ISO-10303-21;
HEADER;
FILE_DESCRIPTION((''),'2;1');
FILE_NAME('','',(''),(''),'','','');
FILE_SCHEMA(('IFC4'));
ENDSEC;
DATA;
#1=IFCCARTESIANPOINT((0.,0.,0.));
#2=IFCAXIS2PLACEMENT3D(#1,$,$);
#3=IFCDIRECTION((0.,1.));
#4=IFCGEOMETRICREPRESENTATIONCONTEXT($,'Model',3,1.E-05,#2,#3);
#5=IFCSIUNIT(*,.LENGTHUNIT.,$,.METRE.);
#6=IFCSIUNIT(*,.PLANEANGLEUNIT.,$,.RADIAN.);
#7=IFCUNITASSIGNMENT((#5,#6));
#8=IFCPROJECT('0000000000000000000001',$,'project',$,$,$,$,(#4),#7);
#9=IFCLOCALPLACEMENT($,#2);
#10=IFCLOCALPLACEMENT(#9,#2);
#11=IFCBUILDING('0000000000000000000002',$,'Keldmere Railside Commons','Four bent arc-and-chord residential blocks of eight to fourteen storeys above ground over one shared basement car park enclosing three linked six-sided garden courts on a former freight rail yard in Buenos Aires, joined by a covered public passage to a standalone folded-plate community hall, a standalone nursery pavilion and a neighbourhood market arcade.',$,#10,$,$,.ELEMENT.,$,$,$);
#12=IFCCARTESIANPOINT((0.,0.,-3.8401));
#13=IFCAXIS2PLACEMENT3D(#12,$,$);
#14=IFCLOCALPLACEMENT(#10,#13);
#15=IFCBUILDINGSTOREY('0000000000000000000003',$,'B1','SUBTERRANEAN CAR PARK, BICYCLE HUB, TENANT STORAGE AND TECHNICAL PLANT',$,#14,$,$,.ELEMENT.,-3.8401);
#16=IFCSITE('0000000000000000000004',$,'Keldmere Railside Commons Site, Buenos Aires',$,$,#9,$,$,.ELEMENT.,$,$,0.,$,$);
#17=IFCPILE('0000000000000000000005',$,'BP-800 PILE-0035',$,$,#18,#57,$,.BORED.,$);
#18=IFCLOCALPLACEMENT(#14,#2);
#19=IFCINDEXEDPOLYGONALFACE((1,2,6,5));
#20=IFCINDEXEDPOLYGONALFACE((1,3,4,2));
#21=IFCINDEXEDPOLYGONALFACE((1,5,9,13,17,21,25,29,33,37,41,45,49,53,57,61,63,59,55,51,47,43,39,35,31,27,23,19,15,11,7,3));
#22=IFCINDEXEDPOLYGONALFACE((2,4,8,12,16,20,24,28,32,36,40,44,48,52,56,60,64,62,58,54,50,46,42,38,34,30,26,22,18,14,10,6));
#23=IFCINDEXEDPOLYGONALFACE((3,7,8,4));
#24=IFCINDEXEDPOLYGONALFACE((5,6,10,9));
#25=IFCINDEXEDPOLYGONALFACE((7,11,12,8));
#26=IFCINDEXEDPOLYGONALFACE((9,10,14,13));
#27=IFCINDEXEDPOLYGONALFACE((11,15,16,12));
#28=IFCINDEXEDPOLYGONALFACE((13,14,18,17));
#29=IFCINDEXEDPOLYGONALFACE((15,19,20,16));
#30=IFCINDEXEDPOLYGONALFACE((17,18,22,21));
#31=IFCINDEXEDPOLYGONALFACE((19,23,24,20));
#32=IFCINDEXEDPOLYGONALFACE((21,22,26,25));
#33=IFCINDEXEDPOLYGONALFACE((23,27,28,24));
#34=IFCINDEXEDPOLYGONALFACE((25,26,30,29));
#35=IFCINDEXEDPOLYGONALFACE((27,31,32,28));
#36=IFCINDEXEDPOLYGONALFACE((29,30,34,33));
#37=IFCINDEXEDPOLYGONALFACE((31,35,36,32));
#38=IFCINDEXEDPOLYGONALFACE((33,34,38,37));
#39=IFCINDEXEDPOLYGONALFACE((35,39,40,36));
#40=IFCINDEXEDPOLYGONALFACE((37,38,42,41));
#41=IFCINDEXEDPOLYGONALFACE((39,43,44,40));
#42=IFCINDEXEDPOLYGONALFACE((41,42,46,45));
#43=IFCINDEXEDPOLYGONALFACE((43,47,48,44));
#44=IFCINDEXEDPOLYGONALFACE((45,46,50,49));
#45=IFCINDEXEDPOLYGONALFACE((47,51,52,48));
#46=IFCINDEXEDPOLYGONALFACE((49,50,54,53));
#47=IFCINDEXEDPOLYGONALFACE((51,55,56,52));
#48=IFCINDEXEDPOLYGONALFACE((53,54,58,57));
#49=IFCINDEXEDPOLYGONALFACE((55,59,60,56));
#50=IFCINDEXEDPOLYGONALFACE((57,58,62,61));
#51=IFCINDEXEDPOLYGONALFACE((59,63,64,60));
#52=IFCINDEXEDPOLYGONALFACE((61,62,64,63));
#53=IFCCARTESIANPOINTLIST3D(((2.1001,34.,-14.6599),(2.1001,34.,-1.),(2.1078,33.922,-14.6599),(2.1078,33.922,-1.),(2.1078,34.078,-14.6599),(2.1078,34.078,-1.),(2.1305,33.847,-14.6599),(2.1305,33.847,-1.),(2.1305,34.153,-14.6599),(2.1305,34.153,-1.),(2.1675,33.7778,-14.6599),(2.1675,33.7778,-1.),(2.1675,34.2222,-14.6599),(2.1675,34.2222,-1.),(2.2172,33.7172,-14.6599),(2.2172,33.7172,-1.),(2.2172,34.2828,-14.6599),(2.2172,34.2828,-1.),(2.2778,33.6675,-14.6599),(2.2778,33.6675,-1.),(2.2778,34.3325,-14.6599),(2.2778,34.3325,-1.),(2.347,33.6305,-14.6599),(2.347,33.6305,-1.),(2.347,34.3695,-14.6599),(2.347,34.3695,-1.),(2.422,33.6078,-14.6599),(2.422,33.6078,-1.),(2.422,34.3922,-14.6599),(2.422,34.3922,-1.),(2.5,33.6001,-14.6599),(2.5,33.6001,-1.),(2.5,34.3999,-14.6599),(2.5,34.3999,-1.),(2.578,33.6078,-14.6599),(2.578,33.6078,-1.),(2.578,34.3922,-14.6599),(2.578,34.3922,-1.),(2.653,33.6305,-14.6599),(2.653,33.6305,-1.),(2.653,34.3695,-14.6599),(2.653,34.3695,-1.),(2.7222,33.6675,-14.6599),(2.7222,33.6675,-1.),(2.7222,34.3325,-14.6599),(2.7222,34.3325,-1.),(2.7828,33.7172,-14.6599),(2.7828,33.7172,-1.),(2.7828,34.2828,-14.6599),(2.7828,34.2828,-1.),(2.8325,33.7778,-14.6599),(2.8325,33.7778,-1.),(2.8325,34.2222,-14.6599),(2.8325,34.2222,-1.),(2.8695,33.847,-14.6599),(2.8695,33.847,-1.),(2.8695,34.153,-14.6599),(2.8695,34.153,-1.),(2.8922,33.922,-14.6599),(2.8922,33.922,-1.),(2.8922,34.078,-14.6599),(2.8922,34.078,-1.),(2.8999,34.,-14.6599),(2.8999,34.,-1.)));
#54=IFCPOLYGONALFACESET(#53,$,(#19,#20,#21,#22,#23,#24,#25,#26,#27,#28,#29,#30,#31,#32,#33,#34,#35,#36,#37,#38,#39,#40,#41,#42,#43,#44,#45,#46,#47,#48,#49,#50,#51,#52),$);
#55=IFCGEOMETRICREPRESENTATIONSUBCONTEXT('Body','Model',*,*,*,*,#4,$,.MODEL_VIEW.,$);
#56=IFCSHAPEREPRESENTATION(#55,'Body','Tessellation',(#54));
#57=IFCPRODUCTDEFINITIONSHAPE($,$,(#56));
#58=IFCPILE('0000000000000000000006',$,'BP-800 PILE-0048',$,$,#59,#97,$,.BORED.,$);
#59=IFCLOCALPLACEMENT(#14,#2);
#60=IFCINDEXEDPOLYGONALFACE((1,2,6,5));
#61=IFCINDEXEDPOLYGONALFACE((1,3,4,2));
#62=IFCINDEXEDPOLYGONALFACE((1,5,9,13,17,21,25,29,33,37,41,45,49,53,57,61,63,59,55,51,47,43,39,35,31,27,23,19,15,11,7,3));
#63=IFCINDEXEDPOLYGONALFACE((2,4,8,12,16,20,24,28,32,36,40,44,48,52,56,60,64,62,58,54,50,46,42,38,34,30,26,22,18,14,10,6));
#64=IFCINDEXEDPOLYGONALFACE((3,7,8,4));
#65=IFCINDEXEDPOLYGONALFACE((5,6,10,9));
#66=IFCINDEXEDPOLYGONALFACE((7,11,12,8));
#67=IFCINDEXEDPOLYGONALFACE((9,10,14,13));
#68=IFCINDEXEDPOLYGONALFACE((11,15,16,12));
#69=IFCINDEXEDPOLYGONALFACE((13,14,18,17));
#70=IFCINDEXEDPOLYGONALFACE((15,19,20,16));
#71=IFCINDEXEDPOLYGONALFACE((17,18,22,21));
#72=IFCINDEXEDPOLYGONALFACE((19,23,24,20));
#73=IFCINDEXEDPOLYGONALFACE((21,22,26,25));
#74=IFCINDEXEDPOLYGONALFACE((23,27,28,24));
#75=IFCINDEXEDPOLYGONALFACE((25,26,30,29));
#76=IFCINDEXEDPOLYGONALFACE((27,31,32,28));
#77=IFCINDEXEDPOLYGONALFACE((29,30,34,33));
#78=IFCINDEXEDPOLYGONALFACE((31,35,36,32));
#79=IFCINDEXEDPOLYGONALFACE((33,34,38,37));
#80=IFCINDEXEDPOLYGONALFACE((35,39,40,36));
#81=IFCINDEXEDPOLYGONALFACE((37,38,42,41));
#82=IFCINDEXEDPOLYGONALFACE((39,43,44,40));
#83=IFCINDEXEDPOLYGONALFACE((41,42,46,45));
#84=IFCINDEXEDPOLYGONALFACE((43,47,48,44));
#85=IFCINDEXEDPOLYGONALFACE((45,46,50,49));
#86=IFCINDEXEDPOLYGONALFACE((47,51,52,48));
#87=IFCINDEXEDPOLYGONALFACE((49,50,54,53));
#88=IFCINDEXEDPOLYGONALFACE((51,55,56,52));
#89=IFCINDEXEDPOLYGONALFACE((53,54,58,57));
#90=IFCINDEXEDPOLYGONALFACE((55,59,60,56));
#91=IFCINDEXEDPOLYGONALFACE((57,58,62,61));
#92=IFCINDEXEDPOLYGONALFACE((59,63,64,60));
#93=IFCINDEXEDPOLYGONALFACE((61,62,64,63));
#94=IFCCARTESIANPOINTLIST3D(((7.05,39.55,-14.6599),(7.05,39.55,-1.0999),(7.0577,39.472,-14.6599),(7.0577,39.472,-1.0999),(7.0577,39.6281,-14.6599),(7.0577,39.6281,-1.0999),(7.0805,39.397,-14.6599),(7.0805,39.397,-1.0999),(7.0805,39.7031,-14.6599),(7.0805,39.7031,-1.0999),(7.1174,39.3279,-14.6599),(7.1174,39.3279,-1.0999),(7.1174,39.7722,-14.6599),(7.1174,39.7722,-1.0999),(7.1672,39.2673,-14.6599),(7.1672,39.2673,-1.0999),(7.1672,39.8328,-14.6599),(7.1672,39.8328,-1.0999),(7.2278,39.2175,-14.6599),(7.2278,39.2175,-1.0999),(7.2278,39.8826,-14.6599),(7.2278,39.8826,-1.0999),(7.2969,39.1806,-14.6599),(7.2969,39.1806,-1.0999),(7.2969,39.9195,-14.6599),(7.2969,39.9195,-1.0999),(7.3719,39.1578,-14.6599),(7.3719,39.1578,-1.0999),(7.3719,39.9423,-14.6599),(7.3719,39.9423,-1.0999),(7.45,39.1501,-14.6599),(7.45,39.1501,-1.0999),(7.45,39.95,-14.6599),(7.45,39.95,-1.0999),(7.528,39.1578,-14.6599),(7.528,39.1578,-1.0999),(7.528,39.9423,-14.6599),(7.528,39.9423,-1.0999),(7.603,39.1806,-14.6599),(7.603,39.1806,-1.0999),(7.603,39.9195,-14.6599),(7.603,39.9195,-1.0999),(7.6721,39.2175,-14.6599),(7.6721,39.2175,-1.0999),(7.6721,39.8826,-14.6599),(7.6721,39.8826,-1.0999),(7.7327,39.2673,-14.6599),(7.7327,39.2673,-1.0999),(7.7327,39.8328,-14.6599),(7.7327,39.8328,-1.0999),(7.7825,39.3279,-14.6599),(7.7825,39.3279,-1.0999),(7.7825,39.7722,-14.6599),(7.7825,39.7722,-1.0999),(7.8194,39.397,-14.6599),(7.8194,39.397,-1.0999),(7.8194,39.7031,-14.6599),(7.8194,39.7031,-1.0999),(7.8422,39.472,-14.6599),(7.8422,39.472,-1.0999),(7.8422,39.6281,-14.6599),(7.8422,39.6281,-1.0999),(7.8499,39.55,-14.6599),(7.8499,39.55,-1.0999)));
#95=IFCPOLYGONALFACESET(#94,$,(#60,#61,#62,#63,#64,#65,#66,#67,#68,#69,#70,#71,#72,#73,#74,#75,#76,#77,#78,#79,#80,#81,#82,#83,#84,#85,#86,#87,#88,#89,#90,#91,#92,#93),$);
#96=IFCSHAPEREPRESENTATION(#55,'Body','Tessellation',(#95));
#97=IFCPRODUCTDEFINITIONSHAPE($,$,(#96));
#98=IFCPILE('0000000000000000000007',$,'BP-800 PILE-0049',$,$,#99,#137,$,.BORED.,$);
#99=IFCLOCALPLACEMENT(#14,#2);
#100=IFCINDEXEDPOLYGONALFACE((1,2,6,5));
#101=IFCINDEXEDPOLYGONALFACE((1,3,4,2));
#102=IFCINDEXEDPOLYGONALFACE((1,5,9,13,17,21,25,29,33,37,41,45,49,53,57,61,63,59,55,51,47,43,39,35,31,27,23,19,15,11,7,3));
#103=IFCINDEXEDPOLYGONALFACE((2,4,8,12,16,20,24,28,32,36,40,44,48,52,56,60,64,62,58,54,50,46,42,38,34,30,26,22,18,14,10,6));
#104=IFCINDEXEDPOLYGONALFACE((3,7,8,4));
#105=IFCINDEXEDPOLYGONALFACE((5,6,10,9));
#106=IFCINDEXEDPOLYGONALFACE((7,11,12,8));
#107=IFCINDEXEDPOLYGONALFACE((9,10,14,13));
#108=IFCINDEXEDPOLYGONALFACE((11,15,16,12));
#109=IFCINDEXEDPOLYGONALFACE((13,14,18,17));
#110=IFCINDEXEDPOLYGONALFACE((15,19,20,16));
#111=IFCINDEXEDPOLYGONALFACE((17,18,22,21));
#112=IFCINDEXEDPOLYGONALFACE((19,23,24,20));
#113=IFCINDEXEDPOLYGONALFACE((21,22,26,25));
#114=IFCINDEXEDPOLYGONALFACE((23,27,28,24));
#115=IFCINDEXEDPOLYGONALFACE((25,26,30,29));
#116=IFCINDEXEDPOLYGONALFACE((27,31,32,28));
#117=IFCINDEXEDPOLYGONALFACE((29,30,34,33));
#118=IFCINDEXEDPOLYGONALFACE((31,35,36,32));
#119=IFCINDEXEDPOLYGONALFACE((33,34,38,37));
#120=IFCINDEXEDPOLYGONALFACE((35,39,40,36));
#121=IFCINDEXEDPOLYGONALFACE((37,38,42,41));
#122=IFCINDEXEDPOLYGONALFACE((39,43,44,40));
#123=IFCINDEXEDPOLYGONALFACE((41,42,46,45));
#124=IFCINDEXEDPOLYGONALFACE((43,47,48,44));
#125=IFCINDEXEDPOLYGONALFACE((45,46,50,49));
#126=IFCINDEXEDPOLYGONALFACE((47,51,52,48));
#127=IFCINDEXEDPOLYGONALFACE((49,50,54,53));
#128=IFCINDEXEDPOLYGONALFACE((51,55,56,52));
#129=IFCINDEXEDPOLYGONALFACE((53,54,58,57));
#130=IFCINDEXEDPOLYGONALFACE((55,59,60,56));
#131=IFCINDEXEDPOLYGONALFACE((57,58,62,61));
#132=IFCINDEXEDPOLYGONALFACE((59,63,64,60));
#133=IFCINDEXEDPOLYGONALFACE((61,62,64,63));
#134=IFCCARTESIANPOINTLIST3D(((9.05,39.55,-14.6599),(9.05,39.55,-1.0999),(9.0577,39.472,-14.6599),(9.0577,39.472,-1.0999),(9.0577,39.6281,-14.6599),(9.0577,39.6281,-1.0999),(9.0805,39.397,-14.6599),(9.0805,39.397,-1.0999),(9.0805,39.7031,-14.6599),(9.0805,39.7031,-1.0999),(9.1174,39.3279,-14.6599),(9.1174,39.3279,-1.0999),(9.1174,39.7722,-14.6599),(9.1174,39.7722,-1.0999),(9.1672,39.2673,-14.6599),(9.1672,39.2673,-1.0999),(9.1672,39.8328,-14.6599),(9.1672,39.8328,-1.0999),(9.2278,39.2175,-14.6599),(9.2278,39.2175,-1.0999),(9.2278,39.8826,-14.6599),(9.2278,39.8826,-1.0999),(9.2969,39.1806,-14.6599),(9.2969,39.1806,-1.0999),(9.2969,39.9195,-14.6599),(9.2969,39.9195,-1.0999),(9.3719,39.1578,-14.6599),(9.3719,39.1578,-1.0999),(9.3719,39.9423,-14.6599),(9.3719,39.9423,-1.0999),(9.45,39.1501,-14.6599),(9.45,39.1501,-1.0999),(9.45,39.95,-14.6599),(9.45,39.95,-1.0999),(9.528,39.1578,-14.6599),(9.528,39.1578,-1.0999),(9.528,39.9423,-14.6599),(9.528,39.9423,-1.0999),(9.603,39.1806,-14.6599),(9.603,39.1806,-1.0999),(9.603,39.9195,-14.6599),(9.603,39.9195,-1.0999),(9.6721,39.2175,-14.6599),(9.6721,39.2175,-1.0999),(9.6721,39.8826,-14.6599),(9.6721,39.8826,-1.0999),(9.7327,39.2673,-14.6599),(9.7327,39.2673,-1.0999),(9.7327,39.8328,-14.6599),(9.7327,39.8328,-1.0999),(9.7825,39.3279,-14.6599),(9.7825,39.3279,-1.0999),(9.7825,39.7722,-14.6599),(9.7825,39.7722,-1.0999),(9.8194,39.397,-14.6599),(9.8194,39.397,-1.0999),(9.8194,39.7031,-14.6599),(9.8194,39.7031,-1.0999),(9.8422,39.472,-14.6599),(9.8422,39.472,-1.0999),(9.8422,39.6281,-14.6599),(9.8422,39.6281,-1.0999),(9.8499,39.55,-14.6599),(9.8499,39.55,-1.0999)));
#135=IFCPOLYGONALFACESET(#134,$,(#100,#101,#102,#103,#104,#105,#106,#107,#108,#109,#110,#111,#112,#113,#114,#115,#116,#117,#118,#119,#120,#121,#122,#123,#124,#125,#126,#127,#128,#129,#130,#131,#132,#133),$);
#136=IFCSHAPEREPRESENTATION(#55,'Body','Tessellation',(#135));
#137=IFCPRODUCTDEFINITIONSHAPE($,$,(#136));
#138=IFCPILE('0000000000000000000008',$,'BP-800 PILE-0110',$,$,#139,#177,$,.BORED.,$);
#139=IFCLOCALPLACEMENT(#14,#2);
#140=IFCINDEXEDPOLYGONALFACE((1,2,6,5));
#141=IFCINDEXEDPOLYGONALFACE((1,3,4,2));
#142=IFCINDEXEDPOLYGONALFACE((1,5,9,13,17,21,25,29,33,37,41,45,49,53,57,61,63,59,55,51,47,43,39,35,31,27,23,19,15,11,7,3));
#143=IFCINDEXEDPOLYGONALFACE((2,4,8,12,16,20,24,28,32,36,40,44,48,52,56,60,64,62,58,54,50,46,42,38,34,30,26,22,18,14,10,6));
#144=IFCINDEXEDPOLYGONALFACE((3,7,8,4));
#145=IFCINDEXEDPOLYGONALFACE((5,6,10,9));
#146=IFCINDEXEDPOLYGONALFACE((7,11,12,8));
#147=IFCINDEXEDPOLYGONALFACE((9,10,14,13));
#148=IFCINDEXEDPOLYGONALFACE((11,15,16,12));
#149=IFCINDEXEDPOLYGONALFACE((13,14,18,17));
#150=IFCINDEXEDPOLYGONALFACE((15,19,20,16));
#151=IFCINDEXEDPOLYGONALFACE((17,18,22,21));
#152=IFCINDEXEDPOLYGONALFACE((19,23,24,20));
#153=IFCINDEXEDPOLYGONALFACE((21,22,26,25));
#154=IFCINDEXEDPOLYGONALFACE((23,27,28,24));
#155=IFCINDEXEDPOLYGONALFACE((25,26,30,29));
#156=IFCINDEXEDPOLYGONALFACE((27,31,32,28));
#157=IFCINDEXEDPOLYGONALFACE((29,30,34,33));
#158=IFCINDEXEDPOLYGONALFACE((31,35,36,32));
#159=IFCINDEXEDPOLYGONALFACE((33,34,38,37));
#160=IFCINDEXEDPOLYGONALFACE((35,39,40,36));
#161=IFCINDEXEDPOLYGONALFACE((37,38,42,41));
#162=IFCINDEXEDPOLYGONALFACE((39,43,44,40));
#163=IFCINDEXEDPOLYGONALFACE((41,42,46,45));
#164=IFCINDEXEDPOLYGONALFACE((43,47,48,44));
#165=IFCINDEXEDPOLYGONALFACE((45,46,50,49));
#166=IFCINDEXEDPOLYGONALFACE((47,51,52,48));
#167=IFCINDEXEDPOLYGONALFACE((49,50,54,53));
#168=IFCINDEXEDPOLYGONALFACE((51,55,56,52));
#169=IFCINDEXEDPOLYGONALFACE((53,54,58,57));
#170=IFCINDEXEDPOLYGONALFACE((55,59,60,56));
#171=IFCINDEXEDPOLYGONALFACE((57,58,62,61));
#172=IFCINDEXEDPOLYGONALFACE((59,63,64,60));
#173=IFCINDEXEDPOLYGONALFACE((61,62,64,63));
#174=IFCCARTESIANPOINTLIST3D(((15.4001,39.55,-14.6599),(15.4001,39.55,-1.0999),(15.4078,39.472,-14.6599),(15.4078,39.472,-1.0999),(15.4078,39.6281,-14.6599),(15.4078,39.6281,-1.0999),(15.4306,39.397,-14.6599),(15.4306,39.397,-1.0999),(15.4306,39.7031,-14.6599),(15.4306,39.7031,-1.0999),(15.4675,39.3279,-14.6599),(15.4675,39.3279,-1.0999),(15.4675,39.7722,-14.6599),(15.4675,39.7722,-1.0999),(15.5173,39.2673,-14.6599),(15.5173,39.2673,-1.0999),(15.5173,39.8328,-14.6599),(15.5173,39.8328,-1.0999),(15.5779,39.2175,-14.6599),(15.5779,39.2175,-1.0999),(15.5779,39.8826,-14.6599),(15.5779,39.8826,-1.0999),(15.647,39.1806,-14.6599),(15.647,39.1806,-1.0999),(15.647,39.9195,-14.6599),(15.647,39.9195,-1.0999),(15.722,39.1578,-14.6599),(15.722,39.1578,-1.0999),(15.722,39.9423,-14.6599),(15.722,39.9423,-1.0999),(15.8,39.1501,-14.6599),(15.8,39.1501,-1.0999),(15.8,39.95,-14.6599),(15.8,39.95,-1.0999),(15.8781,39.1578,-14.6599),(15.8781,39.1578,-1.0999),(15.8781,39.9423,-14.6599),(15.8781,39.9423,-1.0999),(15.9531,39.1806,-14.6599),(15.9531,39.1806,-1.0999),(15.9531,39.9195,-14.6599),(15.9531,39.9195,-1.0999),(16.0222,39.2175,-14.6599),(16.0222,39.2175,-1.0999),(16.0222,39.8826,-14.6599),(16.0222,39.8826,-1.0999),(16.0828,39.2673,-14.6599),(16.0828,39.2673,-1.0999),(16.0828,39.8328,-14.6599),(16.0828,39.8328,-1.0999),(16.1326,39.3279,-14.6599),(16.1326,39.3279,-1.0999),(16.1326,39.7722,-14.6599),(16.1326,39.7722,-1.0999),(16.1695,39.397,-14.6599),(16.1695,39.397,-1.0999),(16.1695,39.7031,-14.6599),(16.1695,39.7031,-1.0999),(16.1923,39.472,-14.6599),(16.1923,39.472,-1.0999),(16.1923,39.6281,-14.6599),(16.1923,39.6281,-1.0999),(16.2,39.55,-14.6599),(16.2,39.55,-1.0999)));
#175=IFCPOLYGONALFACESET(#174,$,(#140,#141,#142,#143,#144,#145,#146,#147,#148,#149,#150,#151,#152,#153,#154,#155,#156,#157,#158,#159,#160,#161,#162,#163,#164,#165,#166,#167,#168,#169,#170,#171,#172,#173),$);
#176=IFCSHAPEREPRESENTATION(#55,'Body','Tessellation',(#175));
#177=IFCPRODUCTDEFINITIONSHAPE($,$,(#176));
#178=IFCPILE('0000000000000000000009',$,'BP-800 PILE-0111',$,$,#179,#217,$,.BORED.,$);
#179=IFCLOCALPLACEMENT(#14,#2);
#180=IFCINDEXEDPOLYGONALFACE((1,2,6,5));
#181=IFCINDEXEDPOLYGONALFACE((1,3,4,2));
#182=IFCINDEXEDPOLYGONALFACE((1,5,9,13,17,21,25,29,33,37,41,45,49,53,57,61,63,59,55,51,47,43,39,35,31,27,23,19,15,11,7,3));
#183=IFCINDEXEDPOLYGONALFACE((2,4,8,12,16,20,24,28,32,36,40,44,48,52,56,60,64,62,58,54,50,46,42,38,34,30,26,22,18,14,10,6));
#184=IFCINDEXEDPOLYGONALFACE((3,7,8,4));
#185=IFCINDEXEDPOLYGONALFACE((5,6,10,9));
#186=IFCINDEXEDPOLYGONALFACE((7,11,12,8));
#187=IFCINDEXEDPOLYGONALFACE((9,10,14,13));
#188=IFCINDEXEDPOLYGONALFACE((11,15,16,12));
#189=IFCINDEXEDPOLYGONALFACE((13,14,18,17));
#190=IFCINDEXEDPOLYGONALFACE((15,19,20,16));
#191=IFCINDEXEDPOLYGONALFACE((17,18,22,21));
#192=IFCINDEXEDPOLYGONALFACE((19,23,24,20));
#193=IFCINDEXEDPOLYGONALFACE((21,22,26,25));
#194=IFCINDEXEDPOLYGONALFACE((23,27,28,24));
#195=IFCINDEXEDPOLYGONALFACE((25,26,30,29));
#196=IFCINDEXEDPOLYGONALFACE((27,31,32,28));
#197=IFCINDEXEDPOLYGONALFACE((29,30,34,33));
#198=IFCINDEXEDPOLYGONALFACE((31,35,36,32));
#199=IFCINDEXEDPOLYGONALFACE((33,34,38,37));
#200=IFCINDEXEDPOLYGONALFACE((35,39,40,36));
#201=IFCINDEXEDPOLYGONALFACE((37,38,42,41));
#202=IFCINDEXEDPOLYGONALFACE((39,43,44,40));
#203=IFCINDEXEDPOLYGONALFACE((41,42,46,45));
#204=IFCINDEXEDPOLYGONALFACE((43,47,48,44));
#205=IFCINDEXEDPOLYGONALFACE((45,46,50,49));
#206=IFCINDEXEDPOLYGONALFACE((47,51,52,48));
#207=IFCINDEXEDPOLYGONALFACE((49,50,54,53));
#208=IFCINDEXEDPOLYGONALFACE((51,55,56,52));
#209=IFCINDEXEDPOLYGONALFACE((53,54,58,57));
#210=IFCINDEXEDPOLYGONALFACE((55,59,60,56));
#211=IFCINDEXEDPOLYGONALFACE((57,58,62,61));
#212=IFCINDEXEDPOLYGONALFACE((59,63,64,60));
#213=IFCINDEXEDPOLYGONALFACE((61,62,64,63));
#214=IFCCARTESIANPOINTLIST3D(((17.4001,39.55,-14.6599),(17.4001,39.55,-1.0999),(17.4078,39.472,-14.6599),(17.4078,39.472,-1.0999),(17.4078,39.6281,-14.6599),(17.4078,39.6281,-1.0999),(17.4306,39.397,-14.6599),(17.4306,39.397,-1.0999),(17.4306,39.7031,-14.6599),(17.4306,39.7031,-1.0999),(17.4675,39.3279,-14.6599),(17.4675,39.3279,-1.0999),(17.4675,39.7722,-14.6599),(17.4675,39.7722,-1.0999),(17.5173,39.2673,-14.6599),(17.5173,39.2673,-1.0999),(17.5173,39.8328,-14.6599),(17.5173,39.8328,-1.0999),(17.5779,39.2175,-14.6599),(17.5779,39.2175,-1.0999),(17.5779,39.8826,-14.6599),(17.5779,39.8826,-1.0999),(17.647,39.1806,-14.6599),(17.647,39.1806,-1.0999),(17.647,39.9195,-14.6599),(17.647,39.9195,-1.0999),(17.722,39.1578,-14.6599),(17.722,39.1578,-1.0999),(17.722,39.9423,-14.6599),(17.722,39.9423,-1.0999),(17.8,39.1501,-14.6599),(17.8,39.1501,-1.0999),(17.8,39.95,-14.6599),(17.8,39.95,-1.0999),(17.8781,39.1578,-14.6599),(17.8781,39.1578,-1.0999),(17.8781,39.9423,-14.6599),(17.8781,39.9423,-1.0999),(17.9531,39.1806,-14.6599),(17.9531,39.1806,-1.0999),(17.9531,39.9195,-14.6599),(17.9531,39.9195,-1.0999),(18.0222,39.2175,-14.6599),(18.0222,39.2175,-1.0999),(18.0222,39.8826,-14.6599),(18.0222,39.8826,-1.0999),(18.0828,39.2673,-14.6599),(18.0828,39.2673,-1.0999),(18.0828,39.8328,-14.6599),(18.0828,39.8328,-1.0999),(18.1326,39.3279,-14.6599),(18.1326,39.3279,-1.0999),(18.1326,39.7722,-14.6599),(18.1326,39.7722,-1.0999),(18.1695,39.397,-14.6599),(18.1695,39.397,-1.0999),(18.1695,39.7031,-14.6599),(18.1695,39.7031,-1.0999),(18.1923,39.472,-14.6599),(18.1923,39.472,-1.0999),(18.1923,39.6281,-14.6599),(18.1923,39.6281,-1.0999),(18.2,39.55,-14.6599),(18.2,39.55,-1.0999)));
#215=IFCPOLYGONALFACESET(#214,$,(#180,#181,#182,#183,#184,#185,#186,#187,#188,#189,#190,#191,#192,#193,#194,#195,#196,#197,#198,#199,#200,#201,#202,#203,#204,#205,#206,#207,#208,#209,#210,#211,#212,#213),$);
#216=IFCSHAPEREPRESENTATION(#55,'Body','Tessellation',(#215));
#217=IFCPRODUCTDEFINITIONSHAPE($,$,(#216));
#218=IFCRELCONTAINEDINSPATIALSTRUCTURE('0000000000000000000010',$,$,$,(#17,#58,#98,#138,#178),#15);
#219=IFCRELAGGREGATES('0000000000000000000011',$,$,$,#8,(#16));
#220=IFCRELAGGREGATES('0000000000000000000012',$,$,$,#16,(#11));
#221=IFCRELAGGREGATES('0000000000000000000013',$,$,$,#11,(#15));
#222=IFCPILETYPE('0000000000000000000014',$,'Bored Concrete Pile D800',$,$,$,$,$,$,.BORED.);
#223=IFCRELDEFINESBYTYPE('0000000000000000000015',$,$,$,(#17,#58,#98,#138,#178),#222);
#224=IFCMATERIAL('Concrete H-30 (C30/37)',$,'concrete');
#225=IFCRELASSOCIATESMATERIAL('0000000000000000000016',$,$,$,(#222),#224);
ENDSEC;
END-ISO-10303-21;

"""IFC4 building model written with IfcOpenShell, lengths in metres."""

from ifc_helpers import new_model, si_unit, direction, frame, origin, origin_2d, place, context, subcontext, project, spatial, circle, extrude, material, material_profile, profile_set, type_object, element, save


model = new_model("IFC4")

# Units and contexts
model_context = context("Model", 3, precision=1e-05, world=origin(), true_north=direction((0.0, 1.0)))
body_context = subcontext(model_context, "Body", "Model", "MODEL_VIEW")
ifc_project = project(units=[si_unit("LENGTHUNIT", "METRE"), si_unit("PLANEANGLEUNIT", "RADIAN")], contexts=[model_context])

# Site, building, storey
site_placement = place(None, origin())
site = spatial("IfcSite", under=ifc_project, at=site_placement, Name="Keldmere Railside Commons Site, Buenos Aires", CompositionType="ELEMENT", RefElevation=0.0)
building_placement = place(site_placement, origin())
building = spatial("IfcBuilding", under=site, at=building_placement, Name="Keldmere Railside Commons", Description="Four bent arc-and-chord residential blocks of eight to fourteen storeys above ground over one shared basement car park enclosing three linked six-sided garden courts on a former freight rail yard in Buenos Aires, joined by a covered public passage to a standalone folded-plate community hall, a standalone nursery pavilion and a neighbourhood market arcade.", CompositionType="ELEMENT")
storey_placement = place(building_placement, frame((0.0, 0.0, -3.8401)))
storey = spatial("IfcBuildingStorey", under=building, at=storey_placement, Name="B1", Description="SUBTERRANEAN CAR PARK, BICYCLE HUB, TENANT STORAGE AND TECHNICAL PLANT", CompositionType="ELEMENT", Elevation=-3.8401)

# Piles
ifc_material_1 = material(Name="Concrete H-30 (C30/37)", Category="concrete")
ifc_material_profile_1 = material_profile(ifc_material_1, circle(Radius=0.3999, at=origin_2d()), Name="PILE-D800")
ifc_profile_set_1 = profile_set([ifc_material_profile_1], Name="Concrete H-30 (C30/37)")
pile_type = type_object("IfcPileType", Name="Bored Concrete Pile D800", PredefinedType="BORED", material=ifc_profile_set_1)
pile_placement = place(storey_placement, frame((2.5, 34.0, -1.0), z_axis=(0.0, 0.0, -1.0), x_axis=(1.0, 0.0, 0.0)))
element("IfcPile", 1, at=pile_placement, inside=storey, type_object=pile_type, Name="BP-800 PILE-0035", PredefinedType="BORED", context=body_context, shape_type="SweptSolid", body=[
    extrude(circle(Radius=0.3999, at=origin_2d()), origin(), (0.0, 0.0, 1.0), 13.6599),
])
for number, where, z_axis, x_axis, name in (
    (2, (7.45, 39.55, -1.0999), (0.0, 0.0, -1.0), (1.0, 0.0, 0.0), "BP-800 PILE-0048"),
    (3, (9.45, 39.55, -1.0999), (0.0, 0.0, -1.0), (1.0, 0.0, 0.0), "BP-800 PILE-0049"),
    (4, (15.8, 39.55, -1.0999), (0.0, 0.0, -1.0), (1.0, 0.0, 0.0), "BP-800 PILE-0110"),
    (5, (17.8, 39.55, -1.0999), (0.0, 0.0, -1.0), (1.0, 0.0, 0.0), "BP-800 PILE-0111"),
):
    element("IfcPile", number, at=place(storey_placement, frame(where, z_axis=z_axis, x_axis=x_axis)), inside=storey, type_object=pile_type, Name=name, PredefinedType="BORED", context=body_context, shape_type="SweptSolid", body=[
        extrude(circle(Radius=0.3999, at=origin_2d()), origin(), (0.0, 0.0, 1.0), 13.5601),
    ])

save(model, "model.ifc")
